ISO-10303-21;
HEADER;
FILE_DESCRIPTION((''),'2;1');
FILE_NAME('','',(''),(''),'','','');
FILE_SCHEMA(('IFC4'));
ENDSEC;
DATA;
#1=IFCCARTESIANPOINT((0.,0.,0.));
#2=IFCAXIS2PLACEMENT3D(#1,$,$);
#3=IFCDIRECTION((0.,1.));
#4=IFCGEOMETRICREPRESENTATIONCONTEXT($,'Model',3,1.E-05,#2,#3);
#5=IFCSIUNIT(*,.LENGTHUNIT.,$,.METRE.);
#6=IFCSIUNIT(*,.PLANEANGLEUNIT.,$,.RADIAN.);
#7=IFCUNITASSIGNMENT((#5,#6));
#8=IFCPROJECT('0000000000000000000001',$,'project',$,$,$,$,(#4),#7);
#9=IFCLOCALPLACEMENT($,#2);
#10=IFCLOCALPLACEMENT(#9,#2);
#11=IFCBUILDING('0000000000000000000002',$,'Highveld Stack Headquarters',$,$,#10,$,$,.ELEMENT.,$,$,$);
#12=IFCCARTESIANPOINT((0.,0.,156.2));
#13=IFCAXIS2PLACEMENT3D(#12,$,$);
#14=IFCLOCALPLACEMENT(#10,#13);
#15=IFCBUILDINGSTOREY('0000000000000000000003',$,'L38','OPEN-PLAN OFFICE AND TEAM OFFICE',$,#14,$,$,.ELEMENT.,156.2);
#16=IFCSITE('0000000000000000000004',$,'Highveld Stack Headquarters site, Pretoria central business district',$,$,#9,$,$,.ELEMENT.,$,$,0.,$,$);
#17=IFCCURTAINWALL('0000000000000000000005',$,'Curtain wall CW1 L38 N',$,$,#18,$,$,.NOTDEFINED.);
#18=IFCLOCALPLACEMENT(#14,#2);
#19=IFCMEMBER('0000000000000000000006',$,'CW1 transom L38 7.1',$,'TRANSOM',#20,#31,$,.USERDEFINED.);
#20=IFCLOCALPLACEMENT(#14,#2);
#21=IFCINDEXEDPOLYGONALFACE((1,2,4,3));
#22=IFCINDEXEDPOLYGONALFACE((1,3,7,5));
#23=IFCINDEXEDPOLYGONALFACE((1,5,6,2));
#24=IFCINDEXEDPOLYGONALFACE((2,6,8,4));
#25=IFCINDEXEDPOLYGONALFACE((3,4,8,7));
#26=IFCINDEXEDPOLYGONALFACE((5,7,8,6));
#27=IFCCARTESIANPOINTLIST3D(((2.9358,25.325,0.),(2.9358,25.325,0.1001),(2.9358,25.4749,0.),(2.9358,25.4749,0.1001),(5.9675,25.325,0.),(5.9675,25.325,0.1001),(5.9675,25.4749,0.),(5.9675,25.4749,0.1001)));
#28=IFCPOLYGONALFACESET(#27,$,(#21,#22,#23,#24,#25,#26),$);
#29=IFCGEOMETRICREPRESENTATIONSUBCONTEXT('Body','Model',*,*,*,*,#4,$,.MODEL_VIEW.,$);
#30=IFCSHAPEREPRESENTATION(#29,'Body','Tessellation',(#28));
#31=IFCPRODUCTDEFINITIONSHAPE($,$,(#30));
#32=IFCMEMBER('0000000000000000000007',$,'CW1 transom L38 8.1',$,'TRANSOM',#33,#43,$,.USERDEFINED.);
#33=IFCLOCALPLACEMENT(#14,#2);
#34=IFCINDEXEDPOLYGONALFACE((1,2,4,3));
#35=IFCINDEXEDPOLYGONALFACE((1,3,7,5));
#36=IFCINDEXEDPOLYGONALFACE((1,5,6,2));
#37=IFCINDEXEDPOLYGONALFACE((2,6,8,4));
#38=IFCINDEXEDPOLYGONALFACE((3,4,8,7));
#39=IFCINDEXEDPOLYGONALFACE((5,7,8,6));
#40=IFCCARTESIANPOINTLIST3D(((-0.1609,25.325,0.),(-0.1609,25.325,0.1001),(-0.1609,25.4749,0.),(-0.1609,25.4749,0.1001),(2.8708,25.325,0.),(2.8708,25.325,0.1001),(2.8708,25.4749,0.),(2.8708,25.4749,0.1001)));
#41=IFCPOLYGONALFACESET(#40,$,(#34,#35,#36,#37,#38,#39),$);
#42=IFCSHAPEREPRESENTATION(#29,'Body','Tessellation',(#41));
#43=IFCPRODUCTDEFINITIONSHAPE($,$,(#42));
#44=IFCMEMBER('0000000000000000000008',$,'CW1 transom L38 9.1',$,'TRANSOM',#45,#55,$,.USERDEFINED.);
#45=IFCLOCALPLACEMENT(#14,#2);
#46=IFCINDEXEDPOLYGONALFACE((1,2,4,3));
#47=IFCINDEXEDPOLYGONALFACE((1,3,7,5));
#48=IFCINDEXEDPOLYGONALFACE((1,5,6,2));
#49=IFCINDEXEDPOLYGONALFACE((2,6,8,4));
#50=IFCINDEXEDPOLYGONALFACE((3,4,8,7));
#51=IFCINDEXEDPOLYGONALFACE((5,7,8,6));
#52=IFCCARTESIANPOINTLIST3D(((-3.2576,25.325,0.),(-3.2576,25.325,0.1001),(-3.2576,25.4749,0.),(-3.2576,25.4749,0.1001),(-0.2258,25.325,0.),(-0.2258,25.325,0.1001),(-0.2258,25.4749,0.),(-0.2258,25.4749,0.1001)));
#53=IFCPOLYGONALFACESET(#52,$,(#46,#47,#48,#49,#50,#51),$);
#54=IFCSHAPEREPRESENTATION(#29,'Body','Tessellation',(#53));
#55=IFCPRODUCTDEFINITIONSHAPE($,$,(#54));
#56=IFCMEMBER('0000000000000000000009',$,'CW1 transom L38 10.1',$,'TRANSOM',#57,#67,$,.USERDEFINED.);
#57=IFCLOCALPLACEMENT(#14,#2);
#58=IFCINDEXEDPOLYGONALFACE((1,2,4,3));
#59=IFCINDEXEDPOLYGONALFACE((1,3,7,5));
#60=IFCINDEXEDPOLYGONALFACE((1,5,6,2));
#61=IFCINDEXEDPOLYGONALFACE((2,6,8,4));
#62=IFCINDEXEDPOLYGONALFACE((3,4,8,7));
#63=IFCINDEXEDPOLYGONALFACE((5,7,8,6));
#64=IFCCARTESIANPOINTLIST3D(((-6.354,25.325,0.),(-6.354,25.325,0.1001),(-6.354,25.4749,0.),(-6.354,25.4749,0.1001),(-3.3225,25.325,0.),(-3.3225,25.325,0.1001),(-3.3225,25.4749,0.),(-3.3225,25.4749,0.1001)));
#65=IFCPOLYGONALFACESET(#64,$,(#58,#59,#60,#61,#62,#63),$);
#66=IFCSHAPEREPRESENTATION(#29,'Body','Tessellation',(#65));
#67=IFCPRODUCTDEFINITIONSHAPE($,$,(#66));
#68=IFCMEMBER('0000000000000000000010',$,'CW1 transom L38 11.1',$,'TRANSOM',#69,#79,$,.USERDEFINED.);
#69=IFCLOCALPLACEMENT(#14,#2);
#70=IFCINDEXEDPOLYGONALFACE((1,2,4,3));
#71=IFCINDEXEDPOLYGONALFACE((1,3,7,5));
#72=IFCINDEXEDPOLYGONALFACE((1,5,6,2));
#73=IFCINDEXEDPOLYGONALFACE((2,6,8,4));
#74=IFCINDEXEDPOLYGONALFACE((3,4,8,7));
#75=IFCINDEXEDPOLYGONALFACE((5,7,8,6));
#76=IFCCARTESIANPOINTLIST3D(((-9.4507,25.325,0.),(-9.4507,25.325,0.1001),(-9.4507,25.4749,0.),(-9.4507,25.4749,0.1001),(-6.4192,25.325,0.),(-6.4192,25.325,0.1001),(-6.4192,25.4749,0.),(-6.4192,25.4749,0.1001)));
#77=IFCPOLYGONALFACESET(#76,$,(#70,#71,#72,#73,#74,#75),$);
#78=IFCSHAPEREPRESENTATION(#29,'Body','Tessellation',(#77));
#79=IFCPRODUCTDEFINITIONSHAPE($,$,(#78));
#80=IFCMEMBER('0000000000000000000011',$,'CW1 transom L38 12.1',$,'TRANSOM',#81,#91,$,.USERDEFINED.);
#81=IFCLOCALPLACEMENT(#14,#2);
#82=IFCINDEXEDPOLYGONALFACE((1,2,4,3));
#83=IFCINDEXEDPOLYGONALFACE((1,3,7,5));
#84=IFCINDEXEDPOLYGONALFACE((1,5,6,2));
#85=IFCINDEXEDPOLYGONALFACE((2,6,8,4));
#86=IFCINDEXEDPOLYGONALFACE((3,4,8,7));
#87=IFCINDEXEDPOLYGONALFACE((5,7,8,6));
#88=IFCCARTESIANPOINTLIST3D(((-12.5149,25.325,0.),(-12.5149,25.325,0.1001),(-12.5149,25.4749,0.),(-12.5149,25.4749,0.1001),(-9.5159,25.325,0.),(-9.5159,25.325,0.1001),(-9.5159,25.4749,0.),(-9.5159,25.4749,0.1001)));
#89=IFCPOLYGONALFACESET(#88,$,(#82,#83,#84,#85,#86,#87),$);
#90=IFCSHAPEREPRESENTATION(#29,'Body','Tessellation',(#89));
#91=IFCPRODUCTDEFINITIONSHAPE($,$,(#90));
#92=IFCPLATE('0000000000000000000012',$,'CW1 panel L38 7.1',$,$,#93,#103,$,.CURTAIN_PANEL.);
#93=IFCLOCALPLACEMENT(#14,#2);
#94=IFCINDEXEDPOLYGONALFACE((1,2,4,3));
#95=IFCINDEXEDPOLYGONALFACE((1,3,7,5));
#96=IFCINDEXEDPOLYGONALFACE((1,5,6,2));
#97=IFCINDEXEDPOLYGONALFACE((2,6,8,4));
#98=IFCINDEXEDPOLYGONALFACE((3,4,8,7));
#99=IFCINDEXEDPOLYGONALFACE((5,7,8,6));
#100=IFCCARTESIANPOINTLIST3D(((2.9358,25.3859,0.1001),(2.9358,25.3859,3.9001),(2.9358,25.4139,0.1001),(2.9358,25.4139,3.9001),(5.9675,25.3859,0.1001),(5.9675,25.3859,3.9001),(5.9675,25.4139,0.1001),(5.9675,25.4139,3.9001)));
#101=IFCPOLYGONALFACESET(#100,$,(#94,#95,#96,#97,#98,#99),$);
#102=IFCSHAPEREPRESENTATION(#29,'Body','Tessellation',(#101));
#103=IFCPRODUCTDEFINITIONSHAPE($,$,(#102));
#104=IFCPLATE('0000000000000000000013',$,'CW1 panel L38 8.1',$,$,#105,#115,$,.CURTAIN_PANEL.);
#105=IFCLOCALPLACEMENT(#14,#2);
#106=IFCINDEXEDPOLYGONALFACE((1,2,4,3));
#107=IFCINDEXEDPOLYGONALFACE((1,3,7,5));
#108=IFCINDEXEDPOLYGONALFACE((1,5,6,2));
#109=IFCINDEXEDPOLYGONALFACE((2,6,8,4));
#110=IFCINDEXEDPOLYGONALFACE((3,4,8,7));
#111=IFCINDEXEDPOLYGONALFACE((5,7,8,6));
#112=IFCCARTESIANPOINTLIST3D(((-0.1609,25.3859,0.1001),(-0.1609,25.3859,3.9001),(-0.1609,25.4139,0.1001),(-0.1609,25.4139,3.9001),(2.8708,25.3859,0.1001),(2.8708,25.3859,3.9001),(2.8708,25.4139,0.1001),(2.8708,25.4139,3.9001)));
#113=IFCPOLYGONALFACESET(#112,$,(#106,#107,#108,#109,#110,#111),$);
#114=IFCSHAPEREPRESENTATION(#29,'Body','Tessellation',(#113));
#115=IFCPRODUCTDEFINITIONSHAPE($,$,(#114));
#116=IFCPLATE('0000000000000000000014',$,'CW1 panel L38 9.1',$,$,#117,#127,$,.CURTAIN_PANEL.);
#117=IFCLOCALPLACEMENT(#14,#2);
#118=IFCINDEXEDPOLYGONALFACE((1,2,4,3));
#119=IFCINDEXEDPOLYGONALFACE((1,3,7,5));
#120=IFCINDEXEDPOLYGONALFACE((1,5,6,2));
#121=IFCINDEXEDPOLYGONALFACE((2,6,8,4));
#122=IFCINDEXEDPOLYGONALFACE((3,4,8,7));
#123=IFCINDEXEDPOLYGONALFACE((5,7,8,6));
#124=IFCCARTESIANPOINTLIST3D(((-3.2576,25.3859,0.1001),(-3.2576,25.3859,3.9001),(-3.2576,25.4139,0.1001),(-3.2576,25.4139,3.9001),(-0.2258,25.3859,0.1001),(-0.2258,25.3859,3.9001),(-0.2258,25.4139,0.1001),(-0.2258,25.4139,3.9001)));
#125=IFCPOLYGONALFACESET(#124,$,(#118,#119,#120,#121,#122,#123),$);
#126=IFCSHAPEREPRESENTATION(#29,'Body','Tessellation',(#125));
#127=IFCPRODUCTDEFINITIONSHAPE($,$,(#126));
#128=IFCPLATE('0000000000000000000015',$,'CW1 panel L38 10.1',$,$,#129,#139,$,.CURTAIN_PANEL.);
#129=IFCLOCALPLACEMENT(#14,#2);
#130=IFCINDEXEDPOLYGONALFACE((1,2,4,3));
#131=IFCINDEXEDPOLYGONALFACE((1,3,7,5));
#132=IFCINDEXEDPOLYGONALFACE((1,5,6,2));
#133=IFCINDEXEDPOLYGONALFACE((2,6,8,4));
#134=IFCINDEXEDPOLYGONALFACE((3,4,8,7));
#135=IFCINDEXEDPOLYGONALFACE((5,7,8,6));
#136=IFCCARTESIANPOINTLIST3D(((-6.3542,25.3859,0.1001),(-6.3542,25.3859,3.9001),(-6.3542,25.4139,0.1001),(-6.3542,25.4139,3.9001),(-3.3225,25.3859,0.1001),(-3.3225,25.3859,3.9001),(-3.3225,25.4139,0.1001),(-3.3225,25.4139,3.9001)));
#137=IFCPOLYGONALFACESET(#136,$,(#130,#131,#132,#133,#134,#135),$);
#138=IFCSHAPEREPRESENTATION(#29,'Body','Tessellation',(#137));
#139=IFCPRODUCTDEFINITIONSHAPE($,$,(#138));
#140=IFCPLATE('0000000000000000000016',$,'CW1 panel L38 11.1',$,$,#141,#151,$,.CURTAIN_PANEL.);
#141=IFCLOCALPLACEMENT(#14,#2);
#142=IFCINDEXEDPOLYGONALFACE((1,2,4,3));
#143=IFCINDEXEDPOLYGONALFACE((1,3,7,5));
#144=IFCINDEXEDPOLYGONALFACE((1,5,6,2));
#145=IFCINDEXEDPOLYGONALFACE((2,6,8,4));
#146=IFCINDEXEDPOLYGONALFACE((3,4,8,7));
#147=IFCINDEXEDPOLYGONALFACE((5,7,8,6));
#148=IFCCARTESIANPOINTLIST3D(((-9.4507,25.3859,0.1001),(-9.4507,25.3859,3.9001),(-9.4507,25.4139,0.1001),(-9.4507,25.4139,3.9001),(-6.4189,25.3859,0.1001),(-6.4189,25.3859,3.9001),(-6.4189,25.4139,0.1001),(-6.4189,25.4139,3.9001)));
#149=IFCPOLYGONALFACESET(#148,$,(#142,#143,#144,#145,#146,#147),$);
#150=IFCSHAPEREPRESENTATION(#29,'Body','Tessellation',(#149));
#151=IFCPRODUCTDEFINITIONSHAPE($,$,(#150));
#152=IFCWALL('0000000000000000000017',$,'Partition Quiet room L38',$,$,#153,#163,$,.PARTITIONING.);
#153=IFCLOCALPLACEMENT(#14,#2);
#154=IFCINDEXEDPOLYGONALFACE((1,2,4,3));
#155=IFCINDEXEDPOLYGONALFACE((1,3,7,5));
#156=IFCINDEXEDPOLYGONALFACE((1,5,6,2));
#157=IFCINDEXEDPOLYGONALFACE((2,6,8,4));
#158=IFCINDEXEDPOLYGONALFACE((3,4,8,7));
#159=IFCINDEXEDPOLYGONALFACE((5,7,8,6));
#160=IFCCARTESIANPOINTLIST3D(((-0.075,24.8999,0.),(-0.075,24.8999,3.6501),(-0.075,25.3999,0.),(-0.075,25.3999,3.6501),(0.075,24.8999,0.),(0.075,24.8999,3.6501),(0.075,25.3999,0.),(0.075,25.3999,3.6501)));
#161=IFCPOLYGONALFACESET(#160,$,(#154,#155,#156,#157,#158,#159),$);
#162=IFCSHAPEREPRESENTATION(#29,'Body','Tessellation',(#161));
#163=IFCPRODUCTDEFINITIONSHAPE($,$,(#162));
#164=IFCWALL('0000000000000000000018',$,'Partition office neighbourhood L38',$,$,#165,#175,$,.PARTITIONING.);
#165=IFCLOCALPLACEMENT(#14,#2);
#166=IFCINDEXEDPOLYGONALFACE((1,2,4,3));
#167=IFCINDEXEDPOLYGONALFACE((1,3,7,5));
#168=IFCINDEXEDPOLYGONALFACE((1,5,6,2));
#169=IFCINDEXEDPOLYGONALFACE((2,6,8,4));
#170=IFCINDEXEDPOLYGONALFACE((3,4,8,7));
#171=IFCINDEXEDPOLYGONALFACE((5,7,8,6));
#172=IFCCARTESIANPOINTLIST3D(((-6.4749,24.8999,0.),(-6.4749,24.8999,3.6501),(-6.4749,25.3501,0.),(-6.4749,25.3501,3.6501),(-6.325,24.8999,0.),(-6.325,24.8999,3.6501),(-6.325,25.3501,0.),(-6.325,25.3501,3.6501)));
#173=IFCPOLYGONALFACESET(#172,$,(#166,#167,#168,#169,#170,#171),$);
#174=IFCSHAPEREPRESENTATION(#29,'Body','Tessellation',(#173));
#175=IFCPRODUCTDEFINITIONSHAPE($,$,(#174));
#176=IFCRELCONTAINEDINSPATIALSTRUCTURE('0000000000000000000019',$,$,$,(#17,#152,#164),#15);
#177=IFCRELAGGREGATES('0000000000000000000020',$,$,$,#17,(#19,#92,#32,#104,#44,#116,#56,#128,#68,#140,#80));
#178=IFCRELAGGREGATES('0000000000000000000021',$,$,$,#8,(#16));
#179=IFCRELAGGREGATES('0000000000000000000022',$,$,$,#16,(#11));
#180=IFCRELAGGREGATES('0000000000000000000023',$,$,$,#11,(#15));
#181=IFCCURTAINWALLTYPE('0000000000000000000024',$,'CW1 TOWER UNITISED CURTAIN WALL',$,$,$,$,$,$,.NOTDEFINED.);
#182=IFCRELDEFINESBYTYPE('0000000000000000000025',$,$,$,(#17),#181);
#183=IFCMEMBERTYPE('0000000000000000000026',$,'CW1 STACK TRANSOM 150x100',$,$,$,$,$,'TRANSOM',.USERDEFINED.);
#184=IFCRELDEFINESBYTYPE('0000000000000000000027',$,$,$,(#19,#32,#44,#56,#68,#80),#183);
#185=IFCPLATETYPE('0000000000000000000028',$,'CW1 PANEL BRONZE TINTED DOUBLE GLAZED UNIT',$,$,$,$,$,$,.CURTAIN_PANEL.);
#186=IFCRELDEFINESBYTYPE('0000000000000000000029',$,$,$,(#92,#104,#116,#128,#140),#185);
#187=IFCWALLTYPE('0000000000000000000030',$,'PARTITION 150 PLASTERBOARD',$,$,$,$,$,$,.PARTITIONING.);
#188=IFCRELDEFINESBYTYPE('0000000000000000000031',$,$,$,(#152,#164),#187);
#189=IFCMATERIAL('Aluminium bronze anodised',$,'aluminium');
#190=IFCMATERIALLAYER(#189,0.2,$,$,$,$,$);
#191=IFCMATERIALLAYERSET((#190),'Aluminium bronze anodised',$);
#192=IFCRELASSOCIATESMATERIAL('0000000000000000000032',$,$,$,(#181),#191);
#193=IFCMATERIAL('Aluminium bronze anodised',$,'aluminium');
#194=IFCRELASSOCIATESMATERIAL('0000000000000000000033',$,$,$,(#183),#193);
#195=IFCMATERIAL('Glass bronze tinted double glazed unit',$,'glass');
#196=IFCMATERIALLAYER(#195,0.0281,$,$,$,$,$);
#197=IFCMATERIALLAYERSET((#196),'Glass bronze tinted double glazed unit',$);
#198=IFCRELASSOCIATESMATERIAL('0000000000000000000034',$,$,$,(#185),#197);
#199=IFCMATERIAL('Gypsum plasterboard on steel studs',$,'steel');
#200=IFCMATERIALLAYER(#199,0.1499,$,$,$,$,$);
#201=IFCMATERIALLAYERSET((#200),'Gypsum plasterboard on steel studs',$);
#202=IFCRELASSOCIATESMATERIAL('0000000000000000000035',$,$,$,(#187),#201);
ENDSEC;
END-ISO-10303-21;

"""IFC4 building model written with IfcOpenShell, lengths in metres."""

from ifc_helpers import new_model, si_unit, direction, frame, frame_2d, origin, origin_2d, place, context, subcontext, project, spatial, rectangle, extrude, material, layer, layer_set, material_profile, profile_set, type_object, element, aggregate, save


model = new_model("IFC4")

# Units and contexts
model_context = context("Model", 3, precision=1e-05, world=origin(), true_north=direction((0.0, 1.0)))
body_context = subcontext(model_context, "Body", "Model", "MODEL_VIEW")
ifc_project = project(units=[si_unit("LENGTHUNIT", "METRE"), si_unit("PLANEANGLEUNIT", "RADIAN")], contexts=[model_context])

# Site, building, storey
site_placement = place(None, origin())
site = spatial("IfcSite", under=ifc_project, at=site_placement, Name="Highveld Stack Headquarters site, Pretoria central business district", CompositionType="ELEMENT", RefElevation=0.0)
building_placement = place(site_placement, origin())
building = spatial("IfcBuilding", under=site, at=building_placement, Name="Highveld Stack Headquarters", CompositionType="ELEMENT")
storey_placement = place(building_placement, frame((0.0, 0.0, 156.2)))
storey = spatial("IfcBuildingStorey", under=building, at=storey_placement, Name="L38", Description="OPEN-PLAN OFFICE AND TEAM OFFICE", CompositionType="ELEMENT", Elevation=156.2)

# Curtain wall, members, plates
ifc_material_1 = material(Name="Aluminium bronze anodised", Category="aluminium")
ifc_layer_1 = layer(ifc_material_1, 0.2)
ifc_layer_set_1 = layer_set([ifc_layer_1], Name="Aluminium bronze anodised")
curtain_wall_type = type_object("IfcCurtainWallType", Name="CW1 TOWER UNITISED CURTAIN WALL", PredefinedType="NOTDEFINED", material=ifc_layer_set_1)
curtain_wall_placement = place(storey_placement, origin())
curtain_wall = element("IfcCurtainWall", 1, at=curtain_wall_placement, inside=storey, type_object=curtain_wall_type, Name="Curtain wall CW1 L38 N", PredefinedType="NOTDEFINED")
ifc_material_2 = material(Name="Aluminium bronze anodised", Category="aluminium")
ifc_material_profile_1 = material_profile(ifc_material_2, rectangle(XDim=0.1499, YDim=0.1001, at=origin_2d()), Name="CW1 TRANSOM 150x100")
ifc_profile_set_1 = profile_set([ifc_material_profile_1], Name="Aluminium bronze anodised")
member_type_1 = type_object("IfcMemberType", Name="CW1 STACK TRANSOM 150x100", ElementType="TRANSOM", PredefinedType="USERDEFINED", material=ifc_profile_set_1)
member_1_placement = place(storey_placement, frame((5.9675, 25.3999, 0.05), z_axis=(-1.0, 0.0, 0.0), x_axis=(0.0, -1.0, 0.0)))
member_1 = element("IfcMember", 2, at=member_1_placement, type_object=member_type_1, Name="CW1 transom L38 7.1", ObjectType="TRANSOM", PredefinedType="USERDEFINED", context=body_context, shape_type="SweptSolid", body=[
    extrude(rectangle(XDim=0.1499, YDim=0.1001, at=origin_2d()), origin(), (0.0, 0.0, 1.0), 3.0317),
])
member_2_placement = place(storey_placement, frame((2.8708, 25.3999, 0.05), z_axis=(-1.0, 0.0, 0.0), x_axis=(0.0, -1.0, 0.0)))
member_2 = element("IfcMember", 3, at=member_2_placement, type_object=member_type_1, Name="CW1 transom L38 8.1", ObjectType="TRANSOM", PredefinedType="USERDEFINED", context=body_context, shape_type="SweptSolid", body=[
    extrude(rectangle(XDim=0.1499, YDim=0.1001, at=origin_2d()), origin(), (0.0, 0.0, 1.0), 3.0317),
])
member_3_placement = place(storey_placement, frame((-0.2258, 25.3999, 0.05), z_axis=(-1.0, 0.0, 0.0), x_axis=(0.0, -1.0, 0.0)))
member_3 = element("IfcMember", 4, at=member_3_placement, type_object=member_type_1, Name="CW1 transom L38 9.1", ObjectType="TRANSOM", PredefinedType="USERDEFINED", context=body_context, shape_type="SweptSolid", body=[
    extrude(rectangle(XDim=0.1499, YDim=0.1001, at=origin_2d()), origin(), (0.0, 0.0, 1.0), 3.0317),
])
member_4_placement = place(storey_placement, frame((-3.3225, 25.3999, 0.05), z_axis=(-1.0, 0.0, 0.0), x_axis=(0.0, -1.0, 0.0)))
member_4 = element("IfcMember", 5, at=member_4_placement, type_object=member_type_1, Name="CW1 transom L38 10.1", ObjectType="TRANSOM", PredefinedType="USERDEFINED", context=body_context, shape_type="SweptSolid", body=[
    extrude(rectangle(XDim=0.1499, YDim=0.1001, at=origin_2d()), origin(), (0.0, 0.0, 1.0), 3.0315),
])
member_5_placement = place(storey_placement, frame((-6.4192, 25.3999, 0.05), z_axis=(-1.0, 0.0, 0.0), x_axis=(0.0, -1.0, 0.0)))
member_5 = element("IfcMember", 6, at=member_5_placement, type_object=member_type_1, Name="CW1 transom L38 11.1", ObjectType="TRANSOM", PredefinedType="USERDEFINED", context=body_context, shape_type="SweptSolid", body=[
    extrude(rectangle(XDim=0.1499, YDim=0.1001, at=origin_2d()), origin(), (0.0, 0.0, 1.0), 3.0315),
])
member_6_placement = place(storey_placement, frame((-9.5159, 25.3999, 0.05), z_axis=(-1.0, 0.0, 0.0), x_axis=(0.0, -1.0, 0.0)))
member_6 = element("IfcMember", 7, at=member_6_placement, type_object=member_type_1, Name="CW1 transom L38 12.1", ObjectType="TRANSOM", PredefinedType="USERDEFINED", context=body_context, shape_type="SweptSolid", body=[
    extrude(rectangle(XDim=0.1499, YDim=0.1001, at=origin_2d()), origin(), (0.0, 0.0, 1.0), 2.999),
])
ifc_material_3 = material(Name="Glass bronze tinted double glazed unit", Category="glass")
ifc_layer_2 = layer(ifc_material_3, 0.0281)
ifc_layer_set_2 = layer_set([ifc_layer_2], Name="Glass bronze tinted double glazed unit")
plate_type = type_object("IfcPlateType", Name="CW1 PANEL BRONZE TINTED DOUBLE GLAZED UNIT", PredefinedType="CURTAIN_PANEL", material=ifc_layer_set_2)
plate_1_placement = place(storey_placement, frame((4.4517, 25.3999, 0.1001), z_axis=(0.0, 0.0, 1.0), x_axis=(-1.0, 0.0, 0.0)))
plate_1 = element("IfcPlate", 8, at=plate_1_placement, type_object=plate_type, Name="CW1 panel L38 7.1", PredefinedType="CURTAIN_PANEL", context=body_context, shape_type="SweptSolid", body=[
    extrude(rectangle(XDim=3.0317, YDim=0.0281, at=origin_2d()), origin(), (0.0, 0.0, 1.0), 3.8),
])
plate_2_placement = place(storey_placement, frame((1.355, 25.3999, 0.1001), z_axis=(0.0, 0.0, 1.0), x_axis=(-1.0, 0.0, 0.0)))
plate_2 = element("IfcPlate", 9, at=plate_2_placement, type_object=plate_type, Name="CW1 panel L38 8.1", PredefinedType="CURTAIN_PANEL", context=body_context, shape_type="SweptSolid", body=[
    extrude(rectangle(XDim=3.0317, YDim=0.0281, at=origin_2d()), origin(), (0.0, 0.0, 1.0), 3.8),
])
plate_3_placement = place(storey_placement, frame((-1.7417, 25.3999, 0.1001), z_axis=(0.0, 0.0, 1.0), x_axis=(-1.0, 0.0, 0.0)))
plate_3 = element("IfcPlate", 10, at=plate_3_placement, type_object=plate_type, Name="CW1 panel L38 9.1", PredefinedType="CURTAIN_PANEL", context=body_context, shape_type="SweptSolid", body=[
    extrude(rectangle(XDim=3.0317, YDim=0.0281, at=origin_2d()), origin(), (0.0, 0.0, 1.0), 3.8),
])
plate_4_placement = place(storey_placement, frame((-4.8384, 25.3999, 0.1001), z_axis=(0.0, 0.0, 1.0), x_axis=(-1.0, 0.0, 0.0)))
plate_4 = element("IfcPlate", 11, at=plate_4_placement, type_object=plate_type, Name="CW1 panel L38 10.1", PredefinedType="CURTAIN_PANEL", context=body_context, shape_type="SweptSolid", body=[
    extrude(rectangle(XDim=3.0317, YDim=0.0281, at=origin_2d()), origin(), (0.0, 0.0, 1.0), 3.8),
])
plate_5_placement = place(storey_placement, frame((-7.9348, 25.3999, 0.1001), z_axis=(0.0, 0.0, 1.0), x_axis=(-1.0, 0.0, 0.0)))
plate_5 = element("IfcPlate", 12, at=plate_5_placement, type_object=plate_type, Name="CW1 panel L38 11.1", PredefinedType="CURTAIN_PANEL", context=body_context, shape_type="SweptSolid", body=[
    extrude(rectangle(XDim=3.0317, YDim=0.0281, at=origin_2d()), origin(), (0.0, 0.0, 1.0), 3.8),
])
aggregate(curtain_wall, [member_1, plate_1, member_2, plate_2, member_3, plate_3, member_4, plate_4, member_5, plate_5, member_6])

# Walls
ifc_material_4 = material(Name="Gypsum plasterboard on steel studs", Category="steel")
ifc_layer_3 = layer(ifc_material_4, 0.1499)
ifc_layer_set_3 = layer_set([ifc_layer_3], Name="Gypsum plasterboard on steel studs")
wall_type = type_object("IfcWallType", Name="PARTITION 150 PLASTERBOARD", PredefinedType="PARTITIONING", material=ifc_layer_set_3)
wall_1_placement = place(storey_placement, frame((0.0, 24.8999, 0.0), z_axis=(0.0, 0.0, 1.0), x_axis=(0.0, 1.0, 0.0)))
element("IfcWall", 13, at=wall_1_placement, inside=storey, type_object=wall_type, Name="Partition Quiet room L38", PredefinedType="PARTITIONING", context=body_context, shape_type="SweptSolid", body=[
    extrude(rectangle(XDim=0.5, YDim=0.1499, at=frame_2d((0.25, 0.0))), origin(), (0.0, 0.0, 1.0), 3.6501),
])
wall_2_placement = place(storey_placement, frame((-6.3999, 24.8999, 0.0), z_axis=(0.0, 0.0, 1.0), x_axis=(0.0, 1.0, 0.0)))
element("IfcWall", 14, at=wall_2_placement, inside=storey, type_object=wall_type, Name="Partition office neighbourhood L38", PredefinedType="PARTITIONING", context=body_context, shape_type="SweptSolid", body=[
    extrude(rectangle(XDim=0.4502, YDim=0.1499, at=frame_2d((0.2251, 0.0))), origin(), (0.0, 0.0, 1.0), 3.6501),
])

save(model, "model.ifc")
